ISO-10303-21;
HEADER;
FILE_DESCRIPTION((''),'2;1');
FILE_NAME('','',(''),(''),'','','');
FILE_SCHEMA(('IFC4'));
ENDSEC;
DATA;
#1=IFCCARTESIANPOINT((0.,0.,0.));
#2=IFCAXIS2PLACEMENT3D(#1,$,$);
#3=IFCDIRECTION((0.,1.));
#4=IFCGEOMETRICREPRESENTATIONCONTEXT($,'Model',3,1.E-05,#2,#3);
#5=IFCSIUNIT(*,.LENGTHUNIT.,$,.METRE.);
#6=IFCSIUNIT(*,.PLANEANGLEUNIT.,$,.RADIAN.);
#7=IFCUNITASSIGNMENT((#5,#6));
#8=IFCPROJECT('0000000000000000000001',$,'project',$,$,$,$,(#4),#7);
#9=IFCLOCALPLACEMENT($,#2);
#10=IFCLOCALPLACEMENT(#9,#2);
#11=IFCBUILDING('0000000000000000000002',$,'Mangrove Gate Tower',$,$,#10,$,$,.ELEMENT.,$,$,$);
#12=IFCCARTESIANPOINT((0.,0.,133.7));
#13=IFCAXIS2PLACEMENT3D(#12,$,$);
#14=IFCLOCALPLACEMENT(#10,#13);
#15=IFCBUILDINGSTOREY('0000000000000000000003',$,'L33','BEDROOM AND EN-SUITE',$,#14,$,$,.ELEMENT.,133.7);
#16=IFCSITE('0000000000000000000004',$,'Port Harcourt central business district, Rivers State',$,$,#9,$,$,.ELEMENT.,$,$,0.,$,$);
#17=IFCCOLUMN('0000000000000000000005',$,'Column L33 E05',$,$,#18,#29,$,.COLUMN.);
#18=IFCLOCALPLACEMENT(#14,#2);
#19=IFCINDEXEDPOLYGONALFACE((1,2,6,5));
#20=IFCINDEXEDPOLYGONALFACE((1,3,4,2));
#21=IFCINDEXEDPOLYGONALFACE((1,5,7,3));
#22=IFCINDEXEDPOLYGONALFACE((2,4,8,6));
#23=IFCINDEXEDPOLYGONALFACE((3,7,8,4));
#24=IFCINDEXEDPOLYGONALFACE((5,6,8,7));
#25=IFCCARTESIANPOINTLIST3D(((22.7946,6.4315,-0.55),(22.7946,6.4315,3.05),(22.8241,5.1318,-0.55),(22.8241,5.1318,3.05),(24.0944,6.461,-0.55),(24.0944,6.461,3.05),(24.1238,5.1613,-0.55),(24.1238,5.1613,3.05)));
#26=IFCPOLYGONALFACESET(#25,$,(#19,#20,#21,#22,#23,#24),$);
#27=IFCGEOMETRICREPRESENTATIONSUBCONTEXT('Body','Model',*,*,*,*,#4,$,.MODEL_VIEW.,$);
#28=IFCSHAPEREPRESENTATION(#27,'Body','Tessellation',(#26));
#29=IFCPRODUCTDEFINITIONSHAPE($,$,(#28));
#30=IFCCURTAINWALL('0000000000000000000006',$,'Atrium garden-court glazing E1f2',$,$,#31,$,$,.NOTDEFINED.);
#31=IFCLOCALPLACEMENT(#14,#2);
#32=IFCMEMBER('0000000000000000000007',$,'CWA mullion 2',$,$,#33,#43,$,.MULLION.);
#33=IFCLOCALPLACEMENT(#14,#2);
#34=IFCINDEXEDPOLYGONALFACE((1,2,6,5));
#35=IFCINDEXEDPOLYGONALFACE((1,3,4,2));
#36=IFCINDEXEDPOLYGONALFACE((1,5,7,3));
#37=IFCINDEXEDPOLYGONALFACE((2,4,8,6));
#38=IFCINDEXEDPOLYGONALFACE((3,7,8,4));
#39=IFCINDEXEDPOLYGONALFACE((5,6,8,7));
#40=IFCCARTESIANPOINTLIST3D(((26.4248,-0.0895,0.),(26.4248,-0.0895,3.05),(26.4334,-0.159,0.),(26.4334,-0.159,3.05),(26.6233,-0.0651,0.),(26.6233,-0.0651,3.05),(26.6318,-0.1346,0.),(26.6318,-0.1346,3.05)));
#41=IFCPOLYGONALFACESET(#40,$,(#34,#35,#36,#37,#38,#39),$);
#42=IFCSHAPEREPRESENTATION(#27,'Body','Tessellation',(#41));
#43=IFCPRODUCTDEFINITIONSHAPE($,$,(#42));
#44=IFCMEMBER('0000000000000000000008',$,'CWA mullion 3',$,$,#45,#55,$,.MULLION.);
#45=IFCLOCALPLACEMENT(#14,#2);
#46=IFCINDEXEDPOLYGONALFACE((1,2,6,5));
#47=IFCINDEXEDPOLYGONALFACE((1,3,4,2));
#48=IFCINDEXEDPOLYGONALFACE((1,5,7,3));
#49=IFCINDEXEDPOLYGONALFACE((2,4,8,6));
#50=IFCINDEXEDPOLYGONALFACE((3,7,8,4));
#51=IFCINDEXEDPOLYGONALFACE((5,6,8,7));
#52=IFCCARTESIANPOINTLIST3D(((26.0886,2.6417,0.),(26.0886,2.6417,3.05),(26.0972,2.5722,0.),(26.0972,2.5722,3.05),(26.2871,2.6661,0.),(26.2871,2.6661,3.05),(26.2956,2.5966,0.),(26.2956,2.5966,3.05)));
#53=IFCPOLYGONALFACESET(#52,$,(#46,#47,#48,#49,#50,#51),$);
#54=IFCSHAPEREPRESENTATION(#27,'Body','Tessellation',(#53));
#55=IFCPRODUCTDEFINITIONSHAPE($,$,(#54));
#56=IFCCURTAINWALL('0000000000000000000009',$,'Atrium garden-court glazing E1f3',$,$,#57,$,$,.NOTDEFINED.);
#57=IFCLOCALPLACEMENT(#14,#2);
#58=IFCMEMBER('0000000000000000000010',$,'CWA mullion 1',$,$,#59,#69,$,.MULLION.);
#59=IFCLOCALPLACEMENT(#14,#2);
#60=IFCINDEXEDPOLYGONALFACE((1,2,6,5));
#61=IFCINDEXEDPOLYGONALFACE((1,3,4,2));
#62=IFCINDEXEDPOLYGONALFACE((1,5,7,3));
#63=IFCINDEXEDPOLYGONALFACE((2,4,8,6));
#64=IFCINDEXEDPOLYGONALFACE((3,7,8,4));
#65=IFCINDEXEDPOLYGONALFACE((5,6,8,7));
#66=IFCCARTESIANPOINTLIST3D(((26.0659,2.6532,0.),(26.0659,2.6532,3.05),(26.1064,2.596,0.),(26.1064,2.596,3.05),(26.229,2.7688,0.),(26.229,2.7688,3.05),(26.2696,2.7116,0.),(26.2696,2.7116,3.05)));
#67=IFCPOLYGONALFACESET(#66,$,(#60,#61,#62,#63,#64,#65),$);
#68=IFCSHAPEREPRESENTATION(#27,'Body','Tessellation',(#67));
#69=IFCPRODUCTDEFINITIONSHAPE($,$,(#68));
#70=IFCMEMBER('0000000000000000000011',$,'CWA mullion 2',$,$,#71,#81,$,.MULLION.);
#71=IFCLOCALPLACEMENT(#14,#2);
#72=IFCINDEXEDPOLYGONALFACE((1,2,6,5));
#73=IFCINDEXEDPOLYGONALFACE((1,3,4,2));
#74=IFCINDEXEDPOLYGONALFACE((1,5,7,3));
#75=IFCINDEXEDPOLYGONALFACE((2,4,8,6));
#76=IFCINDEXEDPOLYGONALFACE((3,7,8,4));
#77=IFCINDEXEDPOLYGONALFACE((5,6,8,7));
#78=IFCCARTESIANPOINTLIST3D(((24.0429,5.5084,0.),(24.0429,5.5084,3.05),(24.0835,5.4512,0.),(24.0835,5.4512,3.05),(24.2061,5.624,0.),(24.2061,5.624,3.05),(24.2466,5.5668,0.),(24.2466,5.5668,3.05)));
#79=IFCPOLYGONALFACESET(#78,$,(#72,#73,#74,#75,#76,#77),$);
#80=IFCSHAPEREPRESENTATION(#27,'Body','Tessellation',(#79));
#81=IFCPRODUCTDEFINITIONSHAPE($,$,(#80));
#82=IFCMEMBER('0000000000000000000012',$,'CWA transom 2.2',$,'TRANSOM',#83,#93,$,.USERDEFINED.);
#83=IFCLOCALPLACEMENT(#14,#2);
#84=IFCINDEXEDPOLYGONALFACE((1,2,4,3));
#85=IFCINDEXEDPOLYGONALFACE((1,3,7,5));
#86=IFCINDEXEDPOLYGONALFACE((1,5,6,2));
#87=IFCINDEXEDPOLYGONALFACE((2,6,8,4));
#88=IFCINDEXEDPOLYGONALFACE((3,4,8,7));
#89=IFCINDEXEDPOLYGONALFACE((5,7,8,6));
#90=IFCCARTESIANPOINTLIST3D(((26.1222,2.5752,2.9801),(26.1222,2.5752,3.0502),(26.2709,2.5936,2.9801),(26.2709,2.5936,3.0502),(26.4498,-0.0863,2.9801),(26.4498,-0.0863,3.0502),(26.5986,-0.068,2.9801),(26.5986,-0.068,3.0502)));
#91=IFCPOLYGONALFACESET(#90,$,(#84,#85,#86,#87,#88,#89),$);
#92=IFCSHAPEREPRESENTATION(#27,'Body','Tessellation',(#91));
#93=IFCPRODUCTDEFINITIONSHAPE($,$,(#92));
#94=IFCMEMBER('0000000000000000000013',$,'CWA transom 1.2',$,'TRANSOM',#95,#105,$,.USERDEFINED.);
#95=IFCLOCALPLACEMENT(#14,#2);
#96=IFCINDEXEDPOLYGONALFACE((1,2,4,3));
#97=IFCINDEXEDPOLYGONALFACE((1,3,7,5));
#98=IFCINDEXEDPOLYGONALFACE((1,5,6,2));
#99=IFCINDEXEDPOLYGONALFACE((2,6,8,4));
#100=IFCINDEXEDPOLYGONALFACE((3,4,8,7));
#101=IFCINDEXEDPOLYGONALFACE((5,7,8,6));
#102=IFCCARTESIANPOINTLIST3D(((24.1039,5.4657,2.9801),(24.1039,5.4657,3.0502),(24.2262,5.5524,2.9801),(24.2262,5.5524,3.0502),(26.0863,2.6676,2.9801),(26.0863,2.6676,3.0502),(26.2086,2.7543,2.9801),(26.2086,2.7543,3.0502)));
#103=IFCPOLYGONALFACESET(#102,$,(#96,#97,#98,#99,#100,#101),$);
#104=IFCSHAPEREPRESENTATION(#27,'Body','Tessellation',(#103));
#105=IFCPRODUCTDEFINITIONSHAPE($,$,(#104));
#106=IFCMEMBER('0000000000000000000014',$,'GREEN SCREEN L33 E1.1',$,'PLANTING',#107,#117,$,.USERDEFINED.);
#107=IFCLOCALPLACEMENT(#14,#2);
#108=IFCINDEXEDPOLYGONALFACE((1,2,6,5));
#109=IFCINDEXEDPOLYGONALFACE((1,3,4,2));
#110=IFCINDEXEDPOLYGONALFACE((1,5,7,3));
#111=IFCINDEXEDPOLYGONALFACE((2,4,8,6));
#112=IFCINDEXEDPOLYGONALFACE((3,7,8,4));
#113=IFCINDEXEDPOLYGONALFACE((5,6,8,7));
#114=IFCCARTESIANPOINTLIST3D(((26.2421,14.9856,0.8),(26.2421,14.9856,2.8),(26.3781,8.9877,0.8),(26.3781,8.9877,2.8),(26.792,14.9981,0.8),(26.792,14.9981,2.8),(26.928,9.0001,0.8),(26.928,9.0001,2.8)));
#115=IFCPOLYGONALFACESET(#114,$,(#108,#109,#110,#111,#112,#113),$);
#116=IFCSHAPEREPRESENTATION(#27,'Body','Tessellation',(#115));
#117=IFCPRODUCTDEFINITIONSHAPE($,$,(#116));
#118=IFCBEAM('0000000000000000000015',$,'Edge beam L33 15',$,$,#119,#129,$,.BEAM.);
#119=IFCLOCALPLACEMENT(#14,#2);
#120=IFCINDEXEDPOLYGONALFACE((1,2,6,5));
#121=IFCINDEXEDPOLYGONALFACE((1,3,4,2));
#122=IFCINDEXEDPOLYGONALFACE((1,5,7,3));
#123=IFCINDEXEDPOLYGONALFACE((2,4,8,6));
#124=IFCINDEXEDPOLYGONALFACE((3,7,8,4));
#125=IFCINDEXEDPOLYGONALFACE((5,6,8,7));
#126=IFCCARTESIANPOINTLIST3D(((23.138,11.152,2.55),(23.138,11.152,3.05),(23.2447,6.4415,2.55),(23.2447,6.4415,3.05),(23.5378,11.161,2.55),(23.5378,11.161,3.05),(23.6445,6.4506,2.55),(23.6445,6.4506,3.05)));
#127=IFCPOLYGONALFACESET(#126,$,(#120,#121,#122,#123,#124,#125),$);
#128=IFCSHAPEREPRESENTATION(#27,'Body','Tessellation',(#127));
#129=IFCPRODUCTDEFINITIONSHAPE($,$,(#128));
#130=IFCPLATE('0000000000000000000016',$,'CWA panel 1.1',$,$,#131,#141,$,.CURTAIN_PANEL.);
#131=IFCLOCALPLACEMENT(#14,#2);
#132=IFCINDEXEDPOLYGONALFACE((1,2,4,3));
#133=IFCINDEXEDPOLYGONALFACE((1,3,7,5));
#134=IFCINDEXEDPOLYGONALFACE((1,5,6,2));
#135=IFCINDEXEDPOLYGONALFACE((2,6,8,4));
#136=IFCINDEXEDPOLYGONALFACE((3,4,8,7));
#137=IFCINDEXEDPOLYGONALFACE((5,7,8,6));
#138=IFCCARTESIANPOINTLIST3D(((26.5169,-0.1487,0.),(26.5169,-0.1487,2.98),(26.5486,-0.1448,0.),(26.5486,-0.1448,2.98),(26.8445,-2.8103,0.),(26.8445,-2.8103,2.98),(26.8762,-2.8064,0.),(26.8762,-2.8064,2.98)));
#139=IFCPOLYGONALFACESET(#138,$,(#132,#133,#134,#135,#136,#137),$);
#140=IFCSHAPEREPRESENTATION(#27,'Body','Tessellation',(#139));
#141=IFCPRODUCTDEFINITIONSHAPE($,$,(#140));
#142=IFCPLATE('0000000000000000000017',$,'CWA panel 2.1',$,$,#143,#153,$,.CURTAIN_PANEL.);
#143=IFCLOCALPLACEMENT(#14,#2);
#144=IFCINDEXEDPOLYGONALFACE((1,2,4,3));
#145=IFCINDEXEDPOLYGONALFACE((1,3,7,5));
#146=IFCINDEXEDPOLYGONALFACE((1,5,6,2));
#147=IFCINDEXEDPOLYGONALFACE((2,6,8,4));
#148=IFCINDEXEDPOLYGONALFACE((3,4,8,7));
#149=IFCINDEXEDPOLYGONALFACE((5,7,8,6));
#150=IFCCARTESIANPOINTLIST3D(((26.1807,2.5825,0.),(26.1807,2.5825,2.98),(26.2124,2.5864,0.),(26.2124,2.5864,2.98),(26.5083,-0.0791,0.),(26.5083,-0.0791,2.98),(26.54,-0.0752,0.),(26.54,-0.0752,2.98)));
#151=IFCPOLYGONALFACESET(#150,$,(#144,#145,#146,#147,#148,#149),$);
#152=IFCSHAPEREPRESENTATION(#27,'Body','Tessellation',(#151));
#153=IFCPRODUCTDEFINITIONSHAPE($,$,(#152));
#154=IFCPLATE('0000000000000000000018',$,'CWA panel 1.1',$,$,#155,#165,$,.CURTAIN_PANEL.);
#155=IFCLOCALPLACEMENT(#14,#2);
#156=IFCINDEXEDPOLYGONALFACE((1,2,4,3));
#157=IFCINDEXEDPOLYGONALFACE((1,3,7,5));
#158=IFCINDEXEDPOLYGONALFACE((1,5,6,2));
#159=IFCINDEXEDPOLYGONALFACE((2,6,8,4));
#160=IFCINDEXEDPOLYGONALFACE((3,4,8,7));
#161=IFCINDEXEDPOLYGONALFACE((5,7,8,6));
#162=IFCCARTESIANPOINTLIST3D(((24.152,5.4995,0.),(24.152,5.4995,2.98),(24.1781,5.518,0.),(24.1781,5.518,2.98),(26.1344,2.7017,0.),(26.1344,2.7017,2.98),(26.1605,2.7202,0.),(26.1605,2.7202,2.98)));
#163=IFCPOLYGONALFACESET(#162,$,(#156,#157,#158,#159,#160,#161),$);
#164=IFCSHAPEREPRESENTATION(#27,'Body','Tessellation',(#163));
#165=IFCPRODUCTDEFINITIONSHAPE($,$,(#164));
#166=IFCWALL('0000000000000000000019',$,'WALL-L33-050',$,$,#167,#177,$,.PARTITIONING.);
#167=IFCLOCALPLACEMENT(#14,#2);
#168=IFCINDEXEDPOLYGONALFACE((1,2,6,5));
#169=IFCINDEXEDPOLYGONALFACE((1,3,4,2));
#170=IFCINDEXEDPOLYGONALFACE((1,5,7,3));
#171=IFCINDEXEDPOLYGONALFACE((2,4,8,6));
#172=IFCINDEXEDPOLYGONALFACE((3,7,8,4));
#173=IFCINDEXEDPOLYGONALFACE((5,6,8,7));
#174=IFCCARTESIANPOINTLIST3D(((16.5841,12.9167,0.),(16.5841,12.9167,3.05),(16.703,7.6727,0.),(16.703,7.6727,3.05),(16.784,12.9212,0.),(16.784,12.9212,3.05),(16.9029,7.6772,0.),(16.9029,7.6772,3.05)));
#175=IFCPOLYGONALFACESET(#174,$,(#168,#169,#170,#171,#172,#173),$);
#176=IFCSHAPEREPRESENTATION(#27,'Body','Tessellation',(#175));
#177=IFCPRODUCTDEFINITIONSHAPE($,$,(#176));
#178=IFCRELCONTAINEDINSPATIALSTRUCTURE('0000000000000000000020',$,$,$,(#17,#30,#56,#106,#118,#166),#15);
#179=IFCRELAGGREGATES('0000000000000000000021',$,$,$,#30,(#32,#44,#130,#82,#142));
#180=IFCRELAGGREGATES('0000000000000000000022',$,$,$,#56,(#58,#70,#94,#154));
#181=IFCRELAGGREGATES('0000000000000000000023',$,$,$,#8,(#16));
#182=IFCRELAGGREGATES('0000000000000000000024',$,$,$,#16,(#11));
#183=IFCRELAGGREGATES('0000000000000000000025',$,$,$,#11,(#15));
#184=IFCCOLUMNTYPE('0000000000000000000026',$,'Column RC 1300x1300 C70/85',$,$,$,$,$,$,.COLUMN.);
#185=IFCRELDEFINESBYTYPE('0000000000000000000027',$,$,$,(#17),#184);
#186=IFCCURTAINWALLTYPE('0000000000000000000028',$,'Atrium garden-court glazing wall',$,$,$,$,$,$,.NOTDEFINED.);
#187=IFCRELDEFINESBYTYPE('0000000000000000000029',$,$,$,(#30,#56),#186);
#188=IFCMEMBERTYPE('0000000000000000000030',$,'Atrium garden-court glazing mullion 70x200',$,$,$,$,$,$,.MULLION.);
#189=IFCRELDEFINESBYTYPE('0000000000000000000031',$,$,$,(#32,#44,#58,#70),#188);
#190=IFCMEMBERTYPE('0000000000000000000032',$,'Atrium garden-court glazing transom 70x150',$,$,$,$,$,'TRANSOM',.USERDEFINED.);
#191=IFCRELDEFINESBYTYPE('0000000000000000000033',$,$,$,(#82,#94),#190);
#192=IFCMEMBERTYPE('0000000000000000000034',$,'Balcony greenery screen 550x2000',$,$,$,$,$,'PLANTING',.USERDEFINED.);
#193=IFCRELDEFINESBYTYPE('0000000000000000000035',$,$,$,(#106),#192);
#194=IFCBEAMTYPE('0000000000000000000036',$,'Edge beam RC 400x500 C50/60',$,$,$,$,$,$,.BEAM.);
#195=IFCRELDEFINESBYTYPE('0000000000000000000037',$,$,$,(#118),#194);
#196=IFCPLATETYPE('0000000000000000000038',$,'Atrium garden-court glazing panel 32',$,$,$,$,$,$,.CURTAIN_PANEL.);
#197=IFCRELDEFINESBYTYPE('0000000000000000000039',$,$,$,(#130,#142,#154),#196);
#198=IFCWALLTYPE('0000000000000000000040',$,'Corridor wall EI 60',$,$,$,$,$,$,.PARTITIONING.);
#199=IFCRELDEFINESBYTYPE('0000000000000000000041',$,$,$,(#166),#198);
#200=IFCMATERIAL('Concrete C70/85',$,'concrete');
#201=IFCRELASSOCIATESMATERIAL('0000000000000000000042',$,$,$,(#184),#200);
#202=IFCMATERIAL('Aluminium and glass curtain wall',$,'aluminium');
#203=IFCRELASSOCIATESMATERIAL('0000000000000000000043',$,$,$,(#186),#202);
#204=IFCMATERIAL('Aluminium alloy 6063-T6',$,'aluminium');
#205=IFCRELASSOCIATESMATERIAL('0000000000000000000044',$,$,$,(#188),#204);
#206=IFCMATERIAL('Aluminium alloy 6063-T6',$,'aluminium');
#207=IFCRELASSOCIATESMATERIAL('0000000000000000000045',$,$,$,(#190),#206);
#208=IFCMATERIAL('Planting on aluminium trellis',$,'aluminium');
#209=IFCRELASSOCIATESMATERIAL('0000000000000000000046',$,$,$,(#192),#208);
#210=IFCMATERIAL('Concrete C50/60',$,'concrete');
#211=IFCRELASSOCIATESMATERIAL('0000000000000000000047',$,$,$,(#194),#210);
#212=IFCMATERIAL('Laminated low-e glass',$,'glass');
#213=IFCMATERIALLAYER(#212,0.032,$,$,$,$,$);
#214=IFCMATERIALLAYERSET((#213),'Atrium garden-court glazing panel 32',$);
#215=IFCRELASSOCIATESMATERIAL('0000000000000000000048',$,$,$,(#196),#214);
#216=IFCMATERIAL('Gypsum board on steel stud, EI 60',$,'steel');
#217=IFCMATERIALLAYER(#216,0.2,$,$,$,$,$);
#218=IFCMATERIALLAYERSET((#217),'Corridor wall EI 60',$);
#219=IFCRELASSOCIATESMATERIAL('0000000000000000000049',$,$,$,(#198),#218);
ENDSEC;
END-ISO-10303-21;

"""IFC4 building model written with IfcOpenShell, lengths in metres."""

from ifc_helpers import new_model, si_unit, direction, frame, frame_2d, origin, origin_2d, place, context, subcontext, project, spatial, rectangle, extrude, material, layer, layer_set, material_profile, profile_set, type_object, element, aggregate, save


model = new_model("IFC4")

# Units and contexts
model_context = context("Model", 3, precision=1e-05, world=origin(), true_north=direction((0.0, 1.0)))
body_context = subcontext(model_context, "Body", "Model", "MODEL_VIEW")
ifc_project = project(units=[si_unit("LENGTHUNIT", "METRE"), si_unit("PLANEANGLEUNIT", "RADIAN")], contexts=[model_context])

# Site, building, storey
site_placement = place(None, origin())
site = spatial("IfcSite", under=ifc_project, at=site_placement, Name="Port Harcourt central business district, Rivers State", CompositionType="ELEMENT", RefElevation=0.0)
building_placement = place(site_placement, origin())
building = spatial("IfcBuilding", under=site, at=building_placement, Name="Mangrove Gate Tower", CompositionType="ELEMENT")
storey_placement = place(building_placement, frame((0.0, 0.0, 133.7)))
storey = spatial("IfcBuildingStorey", under=building, at=storey_placement, Name="L33", Description="BEDROOM AND EN-SUITE", CompositionType="ELEMENT", Elevation=133.7)

# Column
ifc_material_1 = material(Name="Concrete C70/85", Category="concrete")
ifc_material_profile_1 = material_profile(ifc_material_1, rectangle(XDim=1.3, YDim=1.3, at=origin_2d()))
ifc_profile_set_1 = profile_set([ifc_material_profile_1], Name="Concrete C70/85")
column_type = type_object("IfcColumnType", Name="Column RC 1300x1300 C70/85", PredefinedType="COLUMN", material=ifc_profile_set_1)
column_placement = place(storey_placement, frame((23.4592, 5.7964, -0.55), z_axis=(0.0, 0.0, 1.0), x_axis=(-0.022669, 0.999743, 0.0)))
element("IfcColumn", 1, at=column_placement, inside=storey, type_object=column_type, Name="Column L33 E05", PredefinedType="COLUMN", context=body_context, shape_type="SweptSolid", body=[
    extrude(rectangle(XDim=1.3, YDim=1.3, at=origin_2d()), origin(), (0.0, 0.0, 1.0), 3.6001),
])

# Curtain walls, members
ifc_material_2 = material(Name="Aluminium and glass curtain wall", Category="aluminium")
curtain_wall_type = type_object("IfcCurtainWallType", Name="Atrium garden-court glazing wall", PredefinedType="NOTDEFINED", material=ifc_material_2)
curtain_wall_1_placement = place(storey_placement, origin())
curtain_wall_1 = element("IfcCurtainWall", 2, at=curtain_wall_1_placement, inside=storey, type_object=curtain_wall_type, Name="Atrium garden-court glazing E1f2", PredefinedType="NOTDEFINED")
ifc_material_3 = material(Name="Aluminium alloy 6063-T6", Category="aluminium")
ifc_material_profile_2 = material_profile(ifc_material_3, rectangle(XDim=0.0701, YDim=0.2, at=origin_2d()))
ifc_profile_set_2 = profile_set([ifc_material_profile_2], Name="Aluminium alloy 6063-T6")
member_type_1 = type_object("IfcMemberType", Name="Atrium garden-court glazing mullion 70x200", PredefinedType="MULLION", material=ifc_profile_set_2)
member_1_placement = place(storey_placement, frame((26.5283, -0.1121, 0.0), z_axis=(0.0, 0.0, 1.0), x_axis=(-0.122172, 0.992509, 0.0)))
member_1 = element("IfcMember", 3, at=member_1_placement, type_object=member_type_1, Name="CWA mullion 2", PredefinedType="MULLION", context=body_context, shape_type="SweptSolid", body=[
    extrude(rectangle(XDim=0.0701, YDim=0.2, at=origin_2d()), origin(), (0.0, 0.0, 1.0), 3.05),
])
member_2_placement = place(storey_placement, frame((26.1921, 2.6191, 0.0), z_axis=(0.0, 0.0, 1.0), x_axis=(-0.122172, 0.992509, 0.0)))
member_2 = element("IfcMember", 4, at=member_2_placement, type_object=member_type_1, Name="CWA mullion 3", PredefinedType="MULLION", context=body_context, shape_type="SweptSolid", body=[
    extrude(rectangle(XDim=0.0701, YDim=0.2, at=origin_2d()), origin(), (0.0, 0.0, 1.0), 3.05),
])
curtain_wall_2_placement = place(storey_placement, origin())
curtain_wall_2 = element("IfcCurtainWall", 5, at=curtain_wall_2_placement, inside=storey, type_object=curtain_wall_type, Name="Atrium garden-court glazing E1f3", PredefinedType="NOTDEFINED")
member_3_placement = place(storey_placement, frame((26.1677, 2.6824, 0.0), z_axis=(0.0, 0.0, 1.0), x_axis=(-0.578132, 0.815943, 0.0)))
member_3 = element("IfcMember", 6, at=member_3_placement, type_object=member_type_1, Name="CWA mullion 1", PredefinedType="MULLION", context=body_context, shape_type="SweptSolid", body=[
    extrude(rectangle(XDim=0.0701, YDim=0.2, at=origin_2d()), origin(), (0.0, 0.0, 1.0), 3.05),
])
member_4_placement = place(storey_placement, frame((24.1448, 5.5376, 0.0), z_axis=(0.0, 0.0, 1.0), x_axis=(-0.578132, 0.815943, 0.0)))
member_4 = element("IfcMember", 7, at=member_4_placement, type_object=member_type_1, Name="CWA mullion 2", PredefinedType="MULLION", context=body_context, shape_type="SweptSolid", body=[
    extrude(rectangle(XDim=0.0701, YDim=0.2, at=origin_2d()), origin(), (0.0, 0.0, 1.0), 3.05),
])

# Members
ifc_material_4 = material(Name="Aluminium alloy 6063-T6", Category="aluminium")
ifc_material_profile_3 = material_profile(ifc_material_4, rectangle(XDim=0.0701, YDim=0.1499, at=origin_2d()))
ifc_profile_set_3 = profile_set([ifc_material_profile_3], Name="Aluminium alloy 6063-T6")
member_type_2 = type_object("IfcMemberType", Name="Atrium garden-court glazing transom 70x150", ElementType="TRANSOM", PredefinedType="USERDEFINED", material=ifc_profile_set_3)
member_5_placement = place(storey_placement, frame((26.5242, -0.0771, 3.0151), z_axis=(-0.122175, 0.992509, 0.0), x_axis=(0.0, 0.0, 1.0)))
member_5 = element("IfcMember", 8, at=member_5_placement, type_object=member_type_2, Name="CWA transom 2.2", ObjectType="TRANSOM", PredefinedType="USERDEFINED", context=body_context, shape_type="SweptSolid", body=[
    extrude(rectangle(XDim=0.0701, YDim=0.1499, at=origin_2d()), origin(), (0.0, 0.0, 1.0), 2.6816),
])
member_6_placement = place(storey_placement, frame((26.1475, 2.7109, 3.0151), z_axis=(-0.578102, 0.815964, 0.0), x_axis=(0.0, 0.0, 1.0)))
member_6 = element("IfcMember", 9, at=member_6_placement, type_object=member_type_2, Name="CWA transom 1.2", ObjectType="TRANSOM", PredefinedType="USERDEFINED", context=body_context, shape_type="SweptSolid", body=[
    extrude(rectangle(XDim=0.0701, YDim=0.1499, at=origin_2d()), origin(), (0.0, 0.0, 1.0), 3.4292),
])
ifc_material_5 = material(Name="Planting on aluminium trellis", Category="aluminium")
ifc_material_profile_4 = material_profile(ifc_material_5, rectangle(XDim=0.55, YDim=2.0, at=origin_2d()))
ifc_profile_set_4 = profile_set([ifc_material_profile_4], Name="Planting on aluminium trellis")
member_type_3 = type_object("IfcMemberType", Name="Balcony greenery screen 550x2000", ElementType="PLANTING", PredefinedType="USERDEFINED", material=ifc_profile_set_4)
member_7_placement = place(storey_placement, frame((26.6531, 8.9939, 1.8), z_axis=(-0.022666, 0.999743, 0.0), x_axis=(-0.999743, -0.022666, 0.0)))
element("IfcMember", 10, at=member_7_placement, inside=storey, type_object=member_type_3, Name="GREEN SCREEN L33 E1.1", ObjectType="PLANTING", PredefinedType="USERDEFINED", context=body_context, shape_type="SweptSolid", body=[
    extrude(rectangle(XDim=0.55, YDim=2.0, at=origin_2d()), origin(), (0.0, 0.0, 1.0), 5.9995),
])

# Beam
ifc_material_6 = material(Name="Concrete C50/60", Category="concrete")
ifc_material_profile_5 = material_profile(ifc_material_6, rectangle(XDim=0.3999, YDim=0.5, at=origin_2d()))
ifc_profile_set_5 = profile_set([ifc_material_profile_5], Name="Concrete C50/60")
beam_type = type_object("IfcBeamType", Name="Edge beam RC 400x500 C50/60", PredefinedType="BEAM", material=ifc_profile_set_5)
beam_placement = place(storey_placement, frame((23.4446, 6.446, 2.8), z_axis=(-0.022644, 0.999744, 0.0), x_axis=(-0.999744, -0.022644, 0.0)))
element("IfcBeam", 11, at=beam_placement, inside=storey, type_object=beam_type, Name="Edge beam L33 15", PredefinedType="BEAM", context=body_context, shape_type="SweptSolid", body=[
    extrude(rectangle(XDim=0.3999, YDim=0.5, at=origin_2d()), origin(), (0.0, 0.0, 1.0), 4.7117),
])

# Plates
ifc_material_7 = material(Name="Laminated low-e glass", Category="glass")
ifc_layer_1 = layer(ifc_material_7, 0.032)
ifc_layer_set_1 = layer_set([ifc_layer_1], Name="Atrium garden-court glazing panel 32")
plate_type = type_object("IfcPlateType", Name="Atrium garden-court glazing panel 32", PredefinedType="CURTAIN_PANEL", material=ifc_layer_set_1)
plate_1_placement = place(storey_placement, frame((26.6965, -1.4775, 0.0), z_axis=(0.0, 0.0, 1.0), x_axis=(-0.122172, 0.992509, 0.0)))
plate_1 = element("IfcPlate", 12, at=plate_1_placement, type_object=plate_type, Name="CWA panel 1.1", PredefinedType="CURTAIN_PANEL", context=body_context, shape_type="SweptSolid", body=[
    extrude(rectangle(XDim=2.6816, YDim=0.032, at=origin_2d()), origin(), (0.0, 0.0, 1.0), 2.98),
])
plate_2_placement = place(storey_placement, frame((26.3604, 1.2537, 0.0), z_axis=(0.0, 0.0, 1.0), x_axis=(-0.122172, 0.992509, 0.0)))
plate_2 = element("IfcPlate", 13, at=plate_2_placement, type_object=plate_type, Name="CWA panel 2.1", PredefinedType="CURTAIN_PANEL", context=body_context, shape_type="SweptSolid", body=[
    extrude(rectangle(XDim=2.6816, YDim=0.032, at=origin_2d()), origin(), (0.0, 0.0, 1.0), 2.98),
])
aggregate(curtain_wall_1, [member_1, member_2, plate_1, member_5, plate_2])
plate_3_placement = place(storey_placement, frame((25.1562, 4.1099, 0.0), z_axis=(0.0, 0.0, 1.0), x_axis=(-0.578132, 0.815943, 0.0)))
plate_3 = element("IfcPlate", 14, at=plate_3_placement, type_object=plate_type, Name="CWA panel 1.1", PredefinedType="CURTAIN_PANEL", context=body_context, shape_type="SweptSolid", body=[
    extrude(rectangle(XDim=3.429, YDim=0.032, at=origin_2d()), origin(), (0.0, 0.0, 1.0), 2.98),
])
aggregate(curtain_wall_2, [member_3, member_4, member_6, plate_3])

# Wall
ifc_material_8 = material(Name="Gypsum board on steel stud, EI 60", Category="steel")
ifc_layer_2 = layer(ifc_material_8, 0.2)
ifc_layer_set_2 = layer_set([ifc_layer_2], Name="Corridor wall EI 60")
wall_type_1 = type_object("IfcWallType", Name="Corridor wall EI 60", PredefinedType="PARTITIONING", material=ifc_layer_set_2)
wall_1_placement = place(storey_placement, frame((16.803, 7.675, 0.0), z_axis=(0.0, 0.0, 1.0), x_axis=(-0.022667, 0.999743, 0.0)))
element("IfcWall", 15, at=wall_1_placement, inside=storey, type_object=wall_type_1, Name="WALL-L33-050", PredefinedType="PARTITIONING", context=body_context, shape_type="SweptSolid", body=[
    extrude(rectangle(XDim=5.2454, YDim=0.2, at=frame_2d((2.6226, 0.0))), origin(), (0.0, 0.0, 1.0), 3.05),
])

save(model, "model.ifc")
